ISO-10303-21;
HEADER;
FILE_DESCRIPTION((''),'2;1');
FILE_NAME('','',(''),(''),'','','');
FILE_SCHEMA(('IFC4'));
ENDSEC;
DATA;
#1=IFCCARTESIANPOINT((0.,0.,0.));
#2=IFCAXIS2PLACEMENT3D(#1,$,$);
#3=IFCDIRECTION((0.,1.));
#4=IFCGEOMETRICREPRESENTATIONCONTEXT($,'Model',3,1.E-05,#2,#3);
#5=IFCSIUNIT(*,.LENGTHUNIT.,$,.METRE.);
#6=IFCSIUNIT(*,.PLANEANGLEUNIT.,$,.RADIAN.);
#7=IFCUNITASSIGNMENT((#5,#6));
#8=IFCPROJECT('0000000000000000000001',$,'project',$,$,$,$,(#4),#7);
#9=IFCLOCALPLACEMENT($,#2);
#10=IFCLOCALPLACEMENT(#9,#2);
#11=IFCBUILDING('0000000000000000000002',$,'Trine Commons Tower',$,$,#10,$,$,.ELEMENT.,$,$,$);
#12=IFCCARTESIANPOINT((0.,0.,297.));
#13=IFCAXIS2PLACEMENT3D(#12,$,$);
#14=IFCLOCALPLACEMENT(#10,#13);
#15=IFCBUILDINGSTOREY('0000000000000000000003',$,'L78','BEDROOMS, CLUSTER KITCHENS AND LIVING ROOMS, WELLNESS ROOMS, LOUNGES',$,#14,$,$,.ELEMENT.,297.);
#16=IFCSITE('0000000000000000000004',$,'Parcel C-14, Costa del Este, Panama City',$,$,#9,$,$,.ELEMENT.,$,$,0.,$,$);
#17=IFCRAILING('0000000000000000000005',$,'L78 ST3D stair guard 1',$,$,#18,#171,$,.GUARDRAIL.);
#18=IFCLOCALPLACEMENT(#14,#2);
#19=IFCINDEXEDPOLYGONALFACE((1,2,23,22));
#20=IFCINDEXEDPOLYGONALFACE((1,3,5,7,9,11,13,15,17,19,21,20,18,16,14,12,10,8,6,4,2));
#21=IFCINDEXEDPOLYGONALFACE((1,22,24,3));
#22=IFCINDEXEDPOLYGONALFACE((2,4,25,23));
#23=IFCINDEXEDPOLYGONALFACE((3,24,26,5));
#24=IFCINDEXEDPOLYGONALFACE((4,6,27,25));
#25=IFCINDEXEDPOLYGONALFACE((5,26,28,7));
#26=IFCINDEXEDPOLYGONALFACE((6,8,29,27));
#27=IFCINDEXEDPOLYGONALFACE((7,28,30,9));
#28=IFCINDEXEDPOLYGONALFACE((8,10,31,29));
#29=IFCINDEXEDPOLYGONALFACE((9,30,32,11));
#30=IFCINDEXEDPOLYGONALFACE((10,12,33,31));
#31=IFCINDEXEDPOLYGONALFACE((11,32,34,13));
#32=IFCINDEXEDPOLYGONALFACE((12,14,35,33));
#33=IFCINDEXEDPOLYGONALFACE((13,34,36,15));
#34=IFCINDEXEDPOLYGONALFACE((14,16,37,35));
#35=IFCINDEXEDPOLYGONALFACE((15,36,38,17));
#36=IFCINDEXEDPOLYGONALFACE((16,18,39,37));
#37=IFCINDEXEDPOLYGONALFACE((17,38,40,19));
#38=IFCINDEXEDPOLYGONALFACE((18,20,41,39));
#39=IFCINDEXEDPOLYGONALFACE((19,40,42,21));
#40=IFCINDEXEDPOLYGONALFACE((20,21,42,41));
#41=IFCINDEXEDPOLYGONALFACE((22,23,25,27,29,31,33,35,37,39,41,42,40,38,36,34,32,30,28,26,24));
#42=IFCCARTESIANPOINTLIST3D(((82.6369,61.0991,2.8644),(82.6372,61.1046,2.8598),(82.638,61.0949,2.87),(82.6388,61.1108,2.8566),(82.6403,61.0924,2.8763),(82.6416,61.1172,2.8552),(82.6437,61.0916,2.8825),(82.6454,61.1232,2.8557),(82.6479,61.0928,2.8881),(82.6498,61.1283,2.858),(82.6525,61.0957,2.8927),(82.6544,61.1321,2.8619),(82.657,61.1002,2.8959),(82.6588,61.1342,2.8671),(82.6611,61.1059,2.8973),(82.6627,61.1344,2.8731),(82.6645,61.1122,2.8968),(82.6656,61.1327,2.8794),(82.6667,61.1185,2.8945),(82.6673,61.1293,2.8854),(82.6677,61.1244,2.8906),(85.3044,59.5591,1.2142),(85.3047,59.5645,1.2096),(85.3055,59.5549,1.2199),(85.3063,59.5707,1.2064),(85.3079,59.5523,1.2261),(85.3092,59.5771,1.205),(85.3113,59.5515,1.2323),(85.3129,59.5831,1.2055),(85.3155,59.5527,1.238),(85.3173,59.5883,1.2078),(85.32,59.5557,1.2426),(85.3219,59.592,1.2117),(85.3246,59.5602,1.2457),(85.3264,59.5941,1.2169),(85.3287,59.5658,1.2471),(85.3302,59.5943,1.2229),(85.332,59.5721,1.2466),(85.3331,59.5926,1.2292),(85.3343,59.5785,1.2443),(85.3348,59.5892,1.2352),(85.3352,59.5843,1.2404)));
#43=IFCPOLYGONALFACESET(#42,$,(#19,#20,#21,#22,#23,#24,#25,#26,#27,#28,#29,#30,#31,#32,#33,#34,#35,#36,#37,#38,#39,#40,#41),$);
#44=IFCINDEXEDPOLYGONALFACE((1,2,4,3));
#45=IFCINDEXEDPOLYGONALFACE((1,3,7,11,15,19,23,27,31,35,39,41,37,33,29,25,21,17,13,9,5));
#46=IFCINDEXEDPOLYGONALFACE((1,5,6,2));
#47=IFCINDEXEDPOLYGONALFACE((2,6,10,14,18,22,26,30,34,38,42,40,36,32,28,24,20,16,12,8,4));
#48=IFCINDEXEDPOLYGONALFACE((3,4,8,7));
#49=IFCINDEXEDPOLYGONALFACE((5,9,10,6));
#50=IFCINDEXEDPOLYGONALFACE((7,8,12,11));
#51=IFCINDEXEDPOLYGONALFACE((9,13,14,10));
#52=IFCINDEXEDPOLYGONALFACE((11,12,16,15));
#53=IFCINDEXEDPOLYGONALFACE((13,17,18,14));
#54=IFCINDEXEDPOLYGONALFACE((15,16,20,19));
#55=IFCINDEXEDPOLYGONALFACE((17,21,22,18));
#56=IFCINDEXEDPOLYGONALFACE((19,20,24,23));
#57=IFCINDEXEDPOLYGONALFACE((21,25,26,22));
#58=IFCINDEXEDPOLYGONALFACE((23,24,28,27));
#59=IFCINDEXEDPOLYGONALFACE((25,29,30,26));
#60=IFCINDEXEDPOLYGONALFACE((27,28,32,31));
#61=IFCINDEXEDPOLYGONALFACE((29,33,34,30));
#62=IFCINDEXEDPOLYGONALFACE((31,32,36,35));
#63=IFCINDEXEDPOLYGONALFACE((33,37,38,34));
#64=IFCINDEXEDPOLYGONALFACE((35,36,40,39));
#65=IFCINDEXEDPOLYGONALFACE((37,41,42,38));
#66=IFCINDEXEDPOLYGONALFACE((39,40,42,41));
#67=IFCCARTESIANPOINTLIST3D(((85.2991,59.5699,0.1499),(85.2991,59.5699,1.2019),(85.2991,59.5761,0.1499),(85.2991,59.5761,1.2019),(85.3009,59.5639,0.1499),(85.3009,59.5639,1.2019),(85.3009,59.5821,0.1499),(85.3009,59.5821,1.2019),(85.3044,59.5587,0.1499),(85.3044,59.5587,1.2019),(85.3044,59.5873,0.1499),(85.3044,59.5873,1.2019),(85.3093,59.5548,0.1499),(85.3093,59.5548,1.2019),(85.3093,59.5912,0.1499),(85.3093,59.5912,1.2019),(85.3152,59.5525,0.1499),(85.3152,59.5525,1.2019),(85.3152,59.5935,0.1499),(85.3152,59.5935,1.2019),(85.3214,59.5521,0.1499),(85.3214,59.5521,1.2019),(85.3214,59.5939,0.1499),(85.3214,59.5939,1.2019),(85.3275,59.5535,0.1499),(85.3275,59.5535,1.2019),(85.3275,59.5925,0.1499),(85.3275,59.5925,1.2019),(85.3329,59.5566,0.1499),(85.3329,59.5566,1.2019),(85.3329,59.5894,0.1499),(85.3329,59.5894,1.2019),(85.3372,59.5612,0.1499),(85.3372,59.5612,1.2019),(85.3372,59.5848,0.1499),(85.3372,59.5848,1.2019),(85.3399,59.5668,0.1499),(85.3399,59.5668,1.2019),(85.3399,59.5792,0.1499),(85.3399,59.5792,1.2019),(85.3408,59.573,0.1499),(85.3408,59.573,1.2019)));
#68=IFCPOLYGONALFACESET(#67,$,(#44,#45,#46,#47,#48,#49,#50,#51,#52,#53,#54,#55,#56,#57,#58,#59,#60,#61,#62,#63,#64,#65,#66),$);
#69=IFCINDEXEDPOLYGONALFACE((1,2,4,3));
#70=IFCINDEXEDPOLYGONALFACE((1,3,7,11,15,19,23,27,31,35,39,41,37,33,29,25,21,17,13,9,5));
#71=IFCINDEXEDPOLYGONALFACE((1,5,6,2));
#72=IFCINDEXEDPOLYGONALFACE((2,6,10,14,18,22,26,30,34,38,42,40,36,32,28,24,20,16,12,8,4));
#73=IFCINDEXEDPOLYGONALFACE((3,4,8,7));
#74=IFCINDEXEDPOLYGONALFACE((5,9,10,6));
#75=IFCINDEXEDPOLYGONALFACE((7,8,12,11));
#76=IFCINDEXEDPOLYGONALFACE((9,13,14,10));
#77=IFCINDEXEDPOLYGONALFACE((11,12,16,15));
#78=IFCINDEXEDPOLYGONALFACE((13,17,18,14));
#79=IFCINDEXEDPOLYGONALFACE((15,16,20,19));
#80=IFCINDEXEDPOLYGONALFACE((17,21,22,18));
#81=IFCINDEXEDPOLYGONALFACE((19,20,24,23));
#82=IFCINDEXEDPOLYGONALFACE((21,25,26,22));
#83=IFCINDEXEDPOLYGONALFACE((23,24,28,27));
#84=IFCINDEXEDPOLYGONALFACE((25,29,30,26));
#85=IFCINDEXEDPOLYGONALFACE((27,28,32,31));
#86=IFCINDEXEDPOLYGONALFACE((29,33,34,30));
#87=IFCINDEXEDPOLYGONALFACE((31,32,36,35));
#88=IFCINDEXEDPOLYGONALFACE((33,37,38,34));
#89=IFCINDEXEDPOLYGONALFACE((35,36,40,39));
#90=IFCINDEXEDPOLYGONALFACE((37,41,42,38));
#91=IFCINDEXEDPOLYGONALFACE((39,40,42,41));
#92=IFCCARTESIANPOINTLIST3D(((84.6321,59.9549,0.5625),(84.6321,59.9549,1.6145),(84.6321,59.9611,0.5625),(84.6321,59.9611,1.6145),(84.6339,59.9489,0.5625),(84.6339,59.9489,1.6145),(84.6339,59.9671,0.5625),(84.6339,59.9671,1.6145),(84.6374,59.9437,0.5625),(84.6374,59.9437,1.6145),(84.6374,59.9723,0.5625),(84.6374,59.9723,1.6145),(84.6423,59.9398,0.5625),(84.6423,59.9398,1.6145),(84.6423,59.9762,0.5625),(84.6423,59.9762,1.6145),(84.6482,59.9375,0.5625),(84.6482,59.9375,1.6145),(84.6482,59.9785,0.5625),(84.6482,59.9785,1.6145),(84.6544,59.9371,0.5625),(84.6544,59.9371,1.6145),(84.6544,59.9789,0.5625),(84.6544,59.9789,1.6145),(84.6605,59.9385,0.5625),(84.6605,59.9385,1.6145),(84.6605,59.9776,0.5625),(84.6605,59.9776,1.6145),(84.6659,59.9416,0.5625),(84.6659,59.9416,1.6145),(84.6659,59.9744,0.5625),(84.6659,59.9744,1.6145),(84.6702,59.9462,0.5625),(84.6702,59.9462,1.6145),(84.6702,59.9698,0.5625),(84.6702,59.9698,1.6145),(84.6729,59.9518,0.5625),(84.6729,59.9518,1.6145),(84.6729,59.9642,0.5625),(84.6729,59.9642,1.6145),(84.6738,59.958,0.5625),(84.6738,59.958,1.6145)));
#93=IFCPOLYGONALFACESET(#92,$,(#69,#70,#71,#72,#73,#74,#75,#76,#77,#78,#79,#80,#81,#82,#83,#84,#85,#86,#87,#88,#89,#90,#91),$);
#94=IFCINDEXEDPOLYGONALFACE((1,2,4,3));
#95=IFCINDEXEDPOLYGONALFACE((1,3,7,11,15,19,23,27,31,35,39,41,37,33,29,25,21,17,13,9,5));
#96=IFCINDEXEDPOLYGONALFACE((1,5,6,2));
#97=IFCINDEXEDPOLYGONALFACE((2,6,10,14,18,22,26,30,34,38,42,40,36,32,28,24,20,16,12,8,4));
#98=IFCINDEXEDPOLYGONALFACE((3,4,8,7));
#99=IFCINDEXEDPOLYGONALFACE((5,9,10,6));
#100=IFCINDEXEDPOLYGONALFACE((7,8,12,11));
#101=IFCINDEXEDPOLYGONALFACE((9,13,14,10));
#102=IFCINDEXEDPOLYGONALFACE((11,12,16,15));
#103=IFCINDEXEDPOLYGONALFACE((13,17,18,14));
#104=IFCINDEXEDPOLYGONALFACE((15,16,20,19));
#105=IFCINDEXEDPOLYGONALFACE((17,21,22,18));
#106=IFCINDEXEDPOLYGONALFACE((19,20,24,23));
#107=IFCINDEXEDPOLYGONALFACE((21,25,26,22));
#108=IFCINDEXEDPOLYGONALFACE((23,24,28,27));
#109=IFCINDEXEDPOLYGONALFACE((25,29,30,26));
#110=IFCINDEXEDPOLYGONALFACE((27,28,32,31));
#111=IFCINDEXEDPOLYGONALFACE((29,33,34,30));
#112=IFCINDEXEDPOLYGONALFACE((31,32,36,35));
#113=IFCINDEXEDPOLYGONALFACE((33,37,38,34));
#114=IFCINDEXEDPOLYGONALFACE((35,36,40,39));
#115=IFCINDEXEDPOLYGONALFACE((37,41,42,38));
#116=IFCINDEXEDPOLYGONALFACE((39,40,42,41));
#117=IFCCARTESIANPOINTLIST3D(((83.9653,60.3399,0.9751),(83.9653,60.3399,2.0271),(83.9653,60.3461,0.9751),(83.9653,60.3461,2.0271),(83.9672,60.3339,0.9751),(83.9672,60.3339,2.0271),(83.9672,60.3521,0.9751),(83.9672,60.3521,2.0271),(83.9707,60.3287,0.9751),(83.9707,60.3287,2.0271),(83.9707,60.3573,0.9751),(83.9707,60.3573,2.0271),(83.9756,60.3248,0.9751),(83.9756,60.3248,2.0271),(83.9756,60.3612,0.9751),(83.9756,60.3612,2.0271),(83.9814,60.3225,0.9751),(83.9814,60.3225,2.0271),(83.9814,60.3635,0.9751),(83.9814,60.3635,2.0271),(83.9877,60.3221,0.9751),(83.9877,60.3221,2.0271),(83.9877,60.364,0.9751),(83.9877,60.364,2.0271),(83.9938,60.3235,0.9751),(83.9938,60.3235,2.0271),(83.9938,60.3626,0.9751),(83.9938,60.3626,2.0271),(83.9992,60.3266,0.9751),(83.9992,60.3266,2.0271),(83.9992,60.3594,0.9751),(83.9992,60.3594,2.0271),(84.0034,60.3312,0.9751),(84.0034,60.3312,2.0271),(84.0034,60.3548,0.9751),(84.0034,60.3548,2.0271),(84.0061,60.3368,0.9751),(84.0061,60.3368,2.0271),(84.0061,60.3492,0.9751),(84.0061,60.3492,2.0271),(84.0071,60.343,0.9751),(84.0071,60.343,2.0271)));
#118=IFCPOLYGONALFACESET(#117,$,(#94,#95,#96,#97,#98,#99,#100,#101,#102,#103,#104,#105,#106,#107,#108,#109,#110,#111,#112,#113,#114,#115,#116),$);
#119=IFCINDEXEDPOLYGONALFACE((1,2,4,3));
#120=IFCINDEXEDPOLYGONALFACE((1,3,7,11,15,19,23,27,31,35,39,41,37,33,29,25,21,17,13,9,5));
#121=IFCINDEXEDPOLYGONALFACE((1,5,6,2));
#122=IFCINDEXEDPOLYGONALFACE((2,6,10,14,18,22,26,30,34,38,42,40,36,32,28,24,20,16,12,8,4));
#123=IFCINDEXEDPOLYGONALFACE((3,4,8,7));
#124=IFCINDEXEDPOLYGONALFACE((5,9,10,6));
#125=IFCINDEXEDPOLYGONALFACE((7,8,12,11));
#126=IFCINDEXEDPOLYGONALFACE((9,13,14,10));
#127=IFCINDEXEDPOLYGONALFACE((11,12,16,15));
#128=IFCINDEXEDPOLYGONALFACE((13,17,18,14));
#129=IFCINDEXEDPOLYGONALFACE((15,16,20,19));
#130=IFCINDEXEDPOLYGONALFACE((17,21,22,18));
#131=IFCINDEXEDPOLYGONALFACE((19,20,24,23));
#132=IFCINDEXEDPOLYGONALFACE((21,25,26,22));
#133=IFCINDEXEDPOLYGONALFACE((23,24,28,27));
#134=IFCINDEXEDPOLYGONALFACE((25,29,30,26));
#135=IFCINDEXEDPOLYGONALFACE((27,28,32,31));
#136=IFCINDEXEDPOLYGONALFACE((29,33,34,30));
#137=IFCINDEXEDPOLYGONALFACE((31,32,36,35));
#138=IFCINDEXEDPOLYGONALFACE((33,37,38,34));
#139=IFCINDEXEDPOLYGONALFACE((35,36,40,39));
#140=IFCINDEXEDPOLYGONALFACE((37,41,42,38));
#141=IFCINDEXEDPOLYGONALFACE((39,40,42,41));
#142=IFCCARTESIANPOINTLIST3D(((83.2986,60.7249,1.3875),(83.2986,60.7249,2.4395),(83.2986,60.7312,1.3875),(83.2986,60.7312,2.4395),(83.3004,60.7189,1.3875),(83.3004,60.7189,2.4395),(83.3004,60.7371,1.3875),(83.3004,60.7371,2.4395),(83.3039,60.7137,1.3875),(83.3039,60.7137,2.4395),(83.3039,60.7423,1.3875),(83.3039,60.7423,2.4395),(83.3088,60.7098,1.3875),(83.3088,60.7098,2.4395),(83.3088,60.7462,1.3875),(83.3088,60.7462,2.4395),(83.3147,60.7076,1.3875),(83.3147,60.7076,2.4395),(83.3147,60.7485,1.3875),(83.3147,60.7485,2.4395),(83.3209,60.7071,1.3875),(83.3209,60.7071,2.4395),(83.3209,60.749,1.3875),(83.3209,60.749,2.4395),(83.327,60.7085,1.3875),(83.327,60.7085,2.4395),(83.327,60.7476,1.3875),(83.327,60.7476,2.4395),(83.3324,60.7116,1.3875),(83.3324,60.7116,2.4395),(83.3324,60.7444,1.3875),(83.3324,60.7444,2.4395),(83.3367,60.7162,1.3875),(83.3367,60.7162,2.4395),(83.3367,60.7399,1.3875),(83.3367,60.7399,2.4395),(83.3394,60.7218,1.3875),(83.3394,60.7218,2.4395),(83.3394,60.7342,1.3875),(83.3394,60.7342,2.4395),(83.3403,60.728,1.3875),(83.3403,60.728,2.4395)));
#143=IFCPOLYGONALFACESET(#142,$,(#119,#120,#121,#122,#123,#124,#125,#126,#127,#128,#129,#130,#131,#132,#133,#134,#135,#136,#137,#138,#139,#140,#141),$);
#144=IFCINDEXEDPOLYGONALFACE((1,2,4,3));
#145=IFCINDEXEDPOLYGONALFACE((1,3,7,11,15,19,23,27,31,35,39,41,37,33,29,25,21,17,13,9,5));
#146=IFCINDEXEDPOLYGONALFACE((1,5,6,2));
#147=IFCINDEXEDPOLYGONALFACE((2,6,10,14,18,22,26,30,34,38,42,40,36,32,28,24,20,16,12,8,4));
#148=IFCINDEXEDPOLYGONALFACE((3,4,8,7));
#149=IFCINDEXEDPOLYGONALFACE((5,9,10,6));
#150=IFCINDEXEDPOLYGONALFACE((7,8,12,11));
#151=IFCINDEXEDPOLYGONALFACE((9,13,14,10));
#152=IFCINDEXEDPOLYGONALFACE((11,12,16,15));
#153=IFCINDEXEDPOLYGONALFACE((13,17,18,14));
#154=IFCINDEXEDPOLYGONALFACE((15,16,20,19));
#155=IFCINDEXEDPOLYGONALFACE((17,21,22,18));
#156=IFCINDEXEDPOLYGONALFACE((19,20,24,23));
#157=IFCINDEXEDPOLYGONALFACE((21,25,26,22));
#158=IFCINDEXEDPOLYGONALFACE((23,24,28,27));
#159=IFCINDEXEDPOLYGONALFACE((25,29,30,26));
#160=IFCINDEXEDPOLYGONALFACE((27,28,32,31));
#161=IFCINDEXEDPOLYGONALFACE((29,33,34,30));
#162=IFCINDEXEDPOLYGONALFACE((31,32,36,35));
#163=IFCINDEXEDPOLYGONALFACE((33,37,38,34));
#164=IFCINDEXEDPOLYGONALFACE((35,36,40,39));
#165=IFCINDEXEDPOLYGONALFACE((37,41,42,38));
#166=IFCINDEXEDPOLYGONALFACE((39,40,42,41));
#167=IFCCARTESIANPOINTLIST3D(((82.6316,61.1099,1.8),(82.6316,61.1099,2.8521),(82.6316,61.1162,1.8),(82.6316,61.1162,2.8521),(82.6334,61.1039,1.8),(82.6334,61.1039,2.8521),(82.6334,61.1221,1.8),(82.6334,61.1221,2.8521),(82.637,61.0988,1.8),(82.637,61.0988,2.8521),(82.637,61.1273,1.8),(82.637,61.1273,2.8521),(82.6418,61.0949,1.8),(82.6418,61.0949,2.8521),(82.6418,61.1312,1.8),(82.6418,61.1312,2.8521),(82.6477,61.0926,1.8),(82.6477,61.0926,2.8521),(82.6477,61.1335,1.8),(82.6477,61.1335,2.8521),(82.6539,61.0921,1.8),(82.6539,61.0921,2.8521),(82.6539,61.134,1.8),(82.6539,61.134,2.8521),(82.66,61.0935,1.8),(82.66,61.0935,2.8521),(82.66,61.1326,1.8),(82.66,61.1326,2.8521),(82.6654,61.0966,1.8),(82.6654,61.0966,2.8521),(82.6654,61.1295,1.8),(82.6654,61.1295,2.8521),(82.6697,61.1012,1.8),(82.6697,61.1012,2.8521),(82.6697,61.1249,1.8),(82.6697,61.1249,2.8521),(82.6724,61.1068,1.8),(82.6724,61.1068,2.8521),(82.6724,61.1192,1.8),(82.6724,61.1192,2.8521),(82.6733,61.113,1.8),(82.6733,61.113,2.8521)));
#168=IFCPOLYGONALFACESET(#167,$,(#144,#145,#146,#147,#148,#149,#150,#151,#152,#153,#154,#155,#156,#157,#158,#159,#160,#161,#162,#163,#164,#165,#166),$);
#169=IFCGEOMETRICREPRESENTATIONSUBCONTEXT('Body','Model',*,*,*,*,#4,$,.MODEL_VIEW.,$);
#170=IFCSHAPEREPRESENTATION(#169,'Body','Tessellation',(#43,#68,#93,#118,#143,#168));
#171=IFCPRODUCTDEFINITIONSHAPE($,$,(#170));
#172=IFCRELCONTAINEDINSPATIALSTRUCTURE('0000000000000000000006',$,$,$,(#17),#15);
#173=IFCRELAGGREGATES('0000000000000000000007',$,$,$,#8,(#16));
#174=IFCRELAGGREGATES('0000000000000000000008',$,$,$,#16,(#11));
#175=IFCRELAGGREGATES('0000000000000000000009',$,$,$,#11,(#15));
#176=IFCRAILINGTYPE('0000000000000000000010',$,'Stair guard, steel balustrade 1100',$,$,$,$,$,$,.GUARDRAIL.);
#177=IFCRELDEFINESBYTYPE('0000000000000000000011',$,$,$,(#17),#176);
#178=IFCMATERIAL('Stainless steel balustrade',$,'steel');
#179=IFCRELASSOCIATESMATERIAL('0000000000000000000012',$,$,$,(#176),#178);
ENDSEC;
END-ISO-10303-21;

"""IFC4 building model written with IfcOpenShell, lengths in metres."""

from ifc_helpers import new_model, si_unit, direction, frame, origin, origin_2d, place, context, subcontext, project, spatial, circle, extrude, material, type_object, element, save


model = new_model("IFC4")

# Units and contexts
model_context = context("Model", 3, precision=1e-05, world=origin(), true_north=direction((0.0, 1.0)))
body_context = subcontext(model_context, "Body", "Model", "MODEL_VIEW")
ifc_project = project(units=[si_unit("LENGTHUNIT", "METRE"), si_unit("PLANEANGLEUNIT", "RADIAN")], contexts=[model_context])

# Site, building, storey
site_placement = place(None, origin())
site = spatial("IfcSite", under=ifc_project, at=site_placement, Name="Parcel C-14, Costa del Este, Panama City", CompositionType="ELEMENT", RefElevation=0.0)
building_placement = place(site_placement, origin())
building = spatial("IfcBuilding", under=site, at=building_placement, Name="Trine Commons Tower", CompositionType="ELEMENT")
storey_placement = place(building_placement, frame((0.0, 0.0, 297.0)))
storey = spatial("IfcBuildingStorey", under=building, at=storey_placement, Name="L78", Description="BEDROOMS, CLUSTER KITCHENS AND LIVING ROOMS, WELLNESS ROOMS, LOUNGES", CompositionType="ELEMENT", Elevation=297.0)

# Railing
ifc_material_1 = material(Name="Stainless steel balustrade", Category="steel")
railing_type_1 = type_object("IfcRailingType", Name="Stair guard, steel balustrade 1100", PredefinedType="GUARDRAIL", material=ifc_material_1)
railing_1_placement = place(storey_placement, frame((85.3198, 59.573, 0.1499)))
element("IfcRailing", 1, at=railing_1_placement, inside=storey, type_object=railing_type_1, Name="L78 ST3D stair guard 1", PredefinedType="GUARDRAIL", context=body_context, shape_type="SweptSolid", body=[
    extrude(circle(Radius=0.0239, at=origin_2d()), frame((0.0, 0.0, 1.0762), z_axis=(-0.76338, 0.440728, 0.472239), x_axis=(-0.499992, -0.86603, 0.0)), (0.0, 0.0, 1.0), 3.4944),
    extrude(circle(Radius=0.021, at=origin_2d()), origin(), (0.0, 0.0, 1.0), 1.052),
    extrude(circle(Radius=0.021, at=origin_2d()), frame((-0.667, 0.385, 0.4126)), (0.0, 0.0, 1.0), 1.052),
    extrude(circle(Radius=0.021, at=origin_2d()), frame((-1.3337, 0.77, 0.8252)), (0.0, 0.0, 1.0), 1.052),
    extrude(circle(Radius=0.021, at=origin_2d()), frame((-2.0005, 1.155, 1.2375)), (0.0, 0.0, 1.0), 1.052),
    extrude(circle(Radius=0.021, at=origin_2d()), frame((-2.6675, 1.54, 1.6501)), (0.0, 0.0, 1.0), 1.052),
])

save(model, "model.ifc")
